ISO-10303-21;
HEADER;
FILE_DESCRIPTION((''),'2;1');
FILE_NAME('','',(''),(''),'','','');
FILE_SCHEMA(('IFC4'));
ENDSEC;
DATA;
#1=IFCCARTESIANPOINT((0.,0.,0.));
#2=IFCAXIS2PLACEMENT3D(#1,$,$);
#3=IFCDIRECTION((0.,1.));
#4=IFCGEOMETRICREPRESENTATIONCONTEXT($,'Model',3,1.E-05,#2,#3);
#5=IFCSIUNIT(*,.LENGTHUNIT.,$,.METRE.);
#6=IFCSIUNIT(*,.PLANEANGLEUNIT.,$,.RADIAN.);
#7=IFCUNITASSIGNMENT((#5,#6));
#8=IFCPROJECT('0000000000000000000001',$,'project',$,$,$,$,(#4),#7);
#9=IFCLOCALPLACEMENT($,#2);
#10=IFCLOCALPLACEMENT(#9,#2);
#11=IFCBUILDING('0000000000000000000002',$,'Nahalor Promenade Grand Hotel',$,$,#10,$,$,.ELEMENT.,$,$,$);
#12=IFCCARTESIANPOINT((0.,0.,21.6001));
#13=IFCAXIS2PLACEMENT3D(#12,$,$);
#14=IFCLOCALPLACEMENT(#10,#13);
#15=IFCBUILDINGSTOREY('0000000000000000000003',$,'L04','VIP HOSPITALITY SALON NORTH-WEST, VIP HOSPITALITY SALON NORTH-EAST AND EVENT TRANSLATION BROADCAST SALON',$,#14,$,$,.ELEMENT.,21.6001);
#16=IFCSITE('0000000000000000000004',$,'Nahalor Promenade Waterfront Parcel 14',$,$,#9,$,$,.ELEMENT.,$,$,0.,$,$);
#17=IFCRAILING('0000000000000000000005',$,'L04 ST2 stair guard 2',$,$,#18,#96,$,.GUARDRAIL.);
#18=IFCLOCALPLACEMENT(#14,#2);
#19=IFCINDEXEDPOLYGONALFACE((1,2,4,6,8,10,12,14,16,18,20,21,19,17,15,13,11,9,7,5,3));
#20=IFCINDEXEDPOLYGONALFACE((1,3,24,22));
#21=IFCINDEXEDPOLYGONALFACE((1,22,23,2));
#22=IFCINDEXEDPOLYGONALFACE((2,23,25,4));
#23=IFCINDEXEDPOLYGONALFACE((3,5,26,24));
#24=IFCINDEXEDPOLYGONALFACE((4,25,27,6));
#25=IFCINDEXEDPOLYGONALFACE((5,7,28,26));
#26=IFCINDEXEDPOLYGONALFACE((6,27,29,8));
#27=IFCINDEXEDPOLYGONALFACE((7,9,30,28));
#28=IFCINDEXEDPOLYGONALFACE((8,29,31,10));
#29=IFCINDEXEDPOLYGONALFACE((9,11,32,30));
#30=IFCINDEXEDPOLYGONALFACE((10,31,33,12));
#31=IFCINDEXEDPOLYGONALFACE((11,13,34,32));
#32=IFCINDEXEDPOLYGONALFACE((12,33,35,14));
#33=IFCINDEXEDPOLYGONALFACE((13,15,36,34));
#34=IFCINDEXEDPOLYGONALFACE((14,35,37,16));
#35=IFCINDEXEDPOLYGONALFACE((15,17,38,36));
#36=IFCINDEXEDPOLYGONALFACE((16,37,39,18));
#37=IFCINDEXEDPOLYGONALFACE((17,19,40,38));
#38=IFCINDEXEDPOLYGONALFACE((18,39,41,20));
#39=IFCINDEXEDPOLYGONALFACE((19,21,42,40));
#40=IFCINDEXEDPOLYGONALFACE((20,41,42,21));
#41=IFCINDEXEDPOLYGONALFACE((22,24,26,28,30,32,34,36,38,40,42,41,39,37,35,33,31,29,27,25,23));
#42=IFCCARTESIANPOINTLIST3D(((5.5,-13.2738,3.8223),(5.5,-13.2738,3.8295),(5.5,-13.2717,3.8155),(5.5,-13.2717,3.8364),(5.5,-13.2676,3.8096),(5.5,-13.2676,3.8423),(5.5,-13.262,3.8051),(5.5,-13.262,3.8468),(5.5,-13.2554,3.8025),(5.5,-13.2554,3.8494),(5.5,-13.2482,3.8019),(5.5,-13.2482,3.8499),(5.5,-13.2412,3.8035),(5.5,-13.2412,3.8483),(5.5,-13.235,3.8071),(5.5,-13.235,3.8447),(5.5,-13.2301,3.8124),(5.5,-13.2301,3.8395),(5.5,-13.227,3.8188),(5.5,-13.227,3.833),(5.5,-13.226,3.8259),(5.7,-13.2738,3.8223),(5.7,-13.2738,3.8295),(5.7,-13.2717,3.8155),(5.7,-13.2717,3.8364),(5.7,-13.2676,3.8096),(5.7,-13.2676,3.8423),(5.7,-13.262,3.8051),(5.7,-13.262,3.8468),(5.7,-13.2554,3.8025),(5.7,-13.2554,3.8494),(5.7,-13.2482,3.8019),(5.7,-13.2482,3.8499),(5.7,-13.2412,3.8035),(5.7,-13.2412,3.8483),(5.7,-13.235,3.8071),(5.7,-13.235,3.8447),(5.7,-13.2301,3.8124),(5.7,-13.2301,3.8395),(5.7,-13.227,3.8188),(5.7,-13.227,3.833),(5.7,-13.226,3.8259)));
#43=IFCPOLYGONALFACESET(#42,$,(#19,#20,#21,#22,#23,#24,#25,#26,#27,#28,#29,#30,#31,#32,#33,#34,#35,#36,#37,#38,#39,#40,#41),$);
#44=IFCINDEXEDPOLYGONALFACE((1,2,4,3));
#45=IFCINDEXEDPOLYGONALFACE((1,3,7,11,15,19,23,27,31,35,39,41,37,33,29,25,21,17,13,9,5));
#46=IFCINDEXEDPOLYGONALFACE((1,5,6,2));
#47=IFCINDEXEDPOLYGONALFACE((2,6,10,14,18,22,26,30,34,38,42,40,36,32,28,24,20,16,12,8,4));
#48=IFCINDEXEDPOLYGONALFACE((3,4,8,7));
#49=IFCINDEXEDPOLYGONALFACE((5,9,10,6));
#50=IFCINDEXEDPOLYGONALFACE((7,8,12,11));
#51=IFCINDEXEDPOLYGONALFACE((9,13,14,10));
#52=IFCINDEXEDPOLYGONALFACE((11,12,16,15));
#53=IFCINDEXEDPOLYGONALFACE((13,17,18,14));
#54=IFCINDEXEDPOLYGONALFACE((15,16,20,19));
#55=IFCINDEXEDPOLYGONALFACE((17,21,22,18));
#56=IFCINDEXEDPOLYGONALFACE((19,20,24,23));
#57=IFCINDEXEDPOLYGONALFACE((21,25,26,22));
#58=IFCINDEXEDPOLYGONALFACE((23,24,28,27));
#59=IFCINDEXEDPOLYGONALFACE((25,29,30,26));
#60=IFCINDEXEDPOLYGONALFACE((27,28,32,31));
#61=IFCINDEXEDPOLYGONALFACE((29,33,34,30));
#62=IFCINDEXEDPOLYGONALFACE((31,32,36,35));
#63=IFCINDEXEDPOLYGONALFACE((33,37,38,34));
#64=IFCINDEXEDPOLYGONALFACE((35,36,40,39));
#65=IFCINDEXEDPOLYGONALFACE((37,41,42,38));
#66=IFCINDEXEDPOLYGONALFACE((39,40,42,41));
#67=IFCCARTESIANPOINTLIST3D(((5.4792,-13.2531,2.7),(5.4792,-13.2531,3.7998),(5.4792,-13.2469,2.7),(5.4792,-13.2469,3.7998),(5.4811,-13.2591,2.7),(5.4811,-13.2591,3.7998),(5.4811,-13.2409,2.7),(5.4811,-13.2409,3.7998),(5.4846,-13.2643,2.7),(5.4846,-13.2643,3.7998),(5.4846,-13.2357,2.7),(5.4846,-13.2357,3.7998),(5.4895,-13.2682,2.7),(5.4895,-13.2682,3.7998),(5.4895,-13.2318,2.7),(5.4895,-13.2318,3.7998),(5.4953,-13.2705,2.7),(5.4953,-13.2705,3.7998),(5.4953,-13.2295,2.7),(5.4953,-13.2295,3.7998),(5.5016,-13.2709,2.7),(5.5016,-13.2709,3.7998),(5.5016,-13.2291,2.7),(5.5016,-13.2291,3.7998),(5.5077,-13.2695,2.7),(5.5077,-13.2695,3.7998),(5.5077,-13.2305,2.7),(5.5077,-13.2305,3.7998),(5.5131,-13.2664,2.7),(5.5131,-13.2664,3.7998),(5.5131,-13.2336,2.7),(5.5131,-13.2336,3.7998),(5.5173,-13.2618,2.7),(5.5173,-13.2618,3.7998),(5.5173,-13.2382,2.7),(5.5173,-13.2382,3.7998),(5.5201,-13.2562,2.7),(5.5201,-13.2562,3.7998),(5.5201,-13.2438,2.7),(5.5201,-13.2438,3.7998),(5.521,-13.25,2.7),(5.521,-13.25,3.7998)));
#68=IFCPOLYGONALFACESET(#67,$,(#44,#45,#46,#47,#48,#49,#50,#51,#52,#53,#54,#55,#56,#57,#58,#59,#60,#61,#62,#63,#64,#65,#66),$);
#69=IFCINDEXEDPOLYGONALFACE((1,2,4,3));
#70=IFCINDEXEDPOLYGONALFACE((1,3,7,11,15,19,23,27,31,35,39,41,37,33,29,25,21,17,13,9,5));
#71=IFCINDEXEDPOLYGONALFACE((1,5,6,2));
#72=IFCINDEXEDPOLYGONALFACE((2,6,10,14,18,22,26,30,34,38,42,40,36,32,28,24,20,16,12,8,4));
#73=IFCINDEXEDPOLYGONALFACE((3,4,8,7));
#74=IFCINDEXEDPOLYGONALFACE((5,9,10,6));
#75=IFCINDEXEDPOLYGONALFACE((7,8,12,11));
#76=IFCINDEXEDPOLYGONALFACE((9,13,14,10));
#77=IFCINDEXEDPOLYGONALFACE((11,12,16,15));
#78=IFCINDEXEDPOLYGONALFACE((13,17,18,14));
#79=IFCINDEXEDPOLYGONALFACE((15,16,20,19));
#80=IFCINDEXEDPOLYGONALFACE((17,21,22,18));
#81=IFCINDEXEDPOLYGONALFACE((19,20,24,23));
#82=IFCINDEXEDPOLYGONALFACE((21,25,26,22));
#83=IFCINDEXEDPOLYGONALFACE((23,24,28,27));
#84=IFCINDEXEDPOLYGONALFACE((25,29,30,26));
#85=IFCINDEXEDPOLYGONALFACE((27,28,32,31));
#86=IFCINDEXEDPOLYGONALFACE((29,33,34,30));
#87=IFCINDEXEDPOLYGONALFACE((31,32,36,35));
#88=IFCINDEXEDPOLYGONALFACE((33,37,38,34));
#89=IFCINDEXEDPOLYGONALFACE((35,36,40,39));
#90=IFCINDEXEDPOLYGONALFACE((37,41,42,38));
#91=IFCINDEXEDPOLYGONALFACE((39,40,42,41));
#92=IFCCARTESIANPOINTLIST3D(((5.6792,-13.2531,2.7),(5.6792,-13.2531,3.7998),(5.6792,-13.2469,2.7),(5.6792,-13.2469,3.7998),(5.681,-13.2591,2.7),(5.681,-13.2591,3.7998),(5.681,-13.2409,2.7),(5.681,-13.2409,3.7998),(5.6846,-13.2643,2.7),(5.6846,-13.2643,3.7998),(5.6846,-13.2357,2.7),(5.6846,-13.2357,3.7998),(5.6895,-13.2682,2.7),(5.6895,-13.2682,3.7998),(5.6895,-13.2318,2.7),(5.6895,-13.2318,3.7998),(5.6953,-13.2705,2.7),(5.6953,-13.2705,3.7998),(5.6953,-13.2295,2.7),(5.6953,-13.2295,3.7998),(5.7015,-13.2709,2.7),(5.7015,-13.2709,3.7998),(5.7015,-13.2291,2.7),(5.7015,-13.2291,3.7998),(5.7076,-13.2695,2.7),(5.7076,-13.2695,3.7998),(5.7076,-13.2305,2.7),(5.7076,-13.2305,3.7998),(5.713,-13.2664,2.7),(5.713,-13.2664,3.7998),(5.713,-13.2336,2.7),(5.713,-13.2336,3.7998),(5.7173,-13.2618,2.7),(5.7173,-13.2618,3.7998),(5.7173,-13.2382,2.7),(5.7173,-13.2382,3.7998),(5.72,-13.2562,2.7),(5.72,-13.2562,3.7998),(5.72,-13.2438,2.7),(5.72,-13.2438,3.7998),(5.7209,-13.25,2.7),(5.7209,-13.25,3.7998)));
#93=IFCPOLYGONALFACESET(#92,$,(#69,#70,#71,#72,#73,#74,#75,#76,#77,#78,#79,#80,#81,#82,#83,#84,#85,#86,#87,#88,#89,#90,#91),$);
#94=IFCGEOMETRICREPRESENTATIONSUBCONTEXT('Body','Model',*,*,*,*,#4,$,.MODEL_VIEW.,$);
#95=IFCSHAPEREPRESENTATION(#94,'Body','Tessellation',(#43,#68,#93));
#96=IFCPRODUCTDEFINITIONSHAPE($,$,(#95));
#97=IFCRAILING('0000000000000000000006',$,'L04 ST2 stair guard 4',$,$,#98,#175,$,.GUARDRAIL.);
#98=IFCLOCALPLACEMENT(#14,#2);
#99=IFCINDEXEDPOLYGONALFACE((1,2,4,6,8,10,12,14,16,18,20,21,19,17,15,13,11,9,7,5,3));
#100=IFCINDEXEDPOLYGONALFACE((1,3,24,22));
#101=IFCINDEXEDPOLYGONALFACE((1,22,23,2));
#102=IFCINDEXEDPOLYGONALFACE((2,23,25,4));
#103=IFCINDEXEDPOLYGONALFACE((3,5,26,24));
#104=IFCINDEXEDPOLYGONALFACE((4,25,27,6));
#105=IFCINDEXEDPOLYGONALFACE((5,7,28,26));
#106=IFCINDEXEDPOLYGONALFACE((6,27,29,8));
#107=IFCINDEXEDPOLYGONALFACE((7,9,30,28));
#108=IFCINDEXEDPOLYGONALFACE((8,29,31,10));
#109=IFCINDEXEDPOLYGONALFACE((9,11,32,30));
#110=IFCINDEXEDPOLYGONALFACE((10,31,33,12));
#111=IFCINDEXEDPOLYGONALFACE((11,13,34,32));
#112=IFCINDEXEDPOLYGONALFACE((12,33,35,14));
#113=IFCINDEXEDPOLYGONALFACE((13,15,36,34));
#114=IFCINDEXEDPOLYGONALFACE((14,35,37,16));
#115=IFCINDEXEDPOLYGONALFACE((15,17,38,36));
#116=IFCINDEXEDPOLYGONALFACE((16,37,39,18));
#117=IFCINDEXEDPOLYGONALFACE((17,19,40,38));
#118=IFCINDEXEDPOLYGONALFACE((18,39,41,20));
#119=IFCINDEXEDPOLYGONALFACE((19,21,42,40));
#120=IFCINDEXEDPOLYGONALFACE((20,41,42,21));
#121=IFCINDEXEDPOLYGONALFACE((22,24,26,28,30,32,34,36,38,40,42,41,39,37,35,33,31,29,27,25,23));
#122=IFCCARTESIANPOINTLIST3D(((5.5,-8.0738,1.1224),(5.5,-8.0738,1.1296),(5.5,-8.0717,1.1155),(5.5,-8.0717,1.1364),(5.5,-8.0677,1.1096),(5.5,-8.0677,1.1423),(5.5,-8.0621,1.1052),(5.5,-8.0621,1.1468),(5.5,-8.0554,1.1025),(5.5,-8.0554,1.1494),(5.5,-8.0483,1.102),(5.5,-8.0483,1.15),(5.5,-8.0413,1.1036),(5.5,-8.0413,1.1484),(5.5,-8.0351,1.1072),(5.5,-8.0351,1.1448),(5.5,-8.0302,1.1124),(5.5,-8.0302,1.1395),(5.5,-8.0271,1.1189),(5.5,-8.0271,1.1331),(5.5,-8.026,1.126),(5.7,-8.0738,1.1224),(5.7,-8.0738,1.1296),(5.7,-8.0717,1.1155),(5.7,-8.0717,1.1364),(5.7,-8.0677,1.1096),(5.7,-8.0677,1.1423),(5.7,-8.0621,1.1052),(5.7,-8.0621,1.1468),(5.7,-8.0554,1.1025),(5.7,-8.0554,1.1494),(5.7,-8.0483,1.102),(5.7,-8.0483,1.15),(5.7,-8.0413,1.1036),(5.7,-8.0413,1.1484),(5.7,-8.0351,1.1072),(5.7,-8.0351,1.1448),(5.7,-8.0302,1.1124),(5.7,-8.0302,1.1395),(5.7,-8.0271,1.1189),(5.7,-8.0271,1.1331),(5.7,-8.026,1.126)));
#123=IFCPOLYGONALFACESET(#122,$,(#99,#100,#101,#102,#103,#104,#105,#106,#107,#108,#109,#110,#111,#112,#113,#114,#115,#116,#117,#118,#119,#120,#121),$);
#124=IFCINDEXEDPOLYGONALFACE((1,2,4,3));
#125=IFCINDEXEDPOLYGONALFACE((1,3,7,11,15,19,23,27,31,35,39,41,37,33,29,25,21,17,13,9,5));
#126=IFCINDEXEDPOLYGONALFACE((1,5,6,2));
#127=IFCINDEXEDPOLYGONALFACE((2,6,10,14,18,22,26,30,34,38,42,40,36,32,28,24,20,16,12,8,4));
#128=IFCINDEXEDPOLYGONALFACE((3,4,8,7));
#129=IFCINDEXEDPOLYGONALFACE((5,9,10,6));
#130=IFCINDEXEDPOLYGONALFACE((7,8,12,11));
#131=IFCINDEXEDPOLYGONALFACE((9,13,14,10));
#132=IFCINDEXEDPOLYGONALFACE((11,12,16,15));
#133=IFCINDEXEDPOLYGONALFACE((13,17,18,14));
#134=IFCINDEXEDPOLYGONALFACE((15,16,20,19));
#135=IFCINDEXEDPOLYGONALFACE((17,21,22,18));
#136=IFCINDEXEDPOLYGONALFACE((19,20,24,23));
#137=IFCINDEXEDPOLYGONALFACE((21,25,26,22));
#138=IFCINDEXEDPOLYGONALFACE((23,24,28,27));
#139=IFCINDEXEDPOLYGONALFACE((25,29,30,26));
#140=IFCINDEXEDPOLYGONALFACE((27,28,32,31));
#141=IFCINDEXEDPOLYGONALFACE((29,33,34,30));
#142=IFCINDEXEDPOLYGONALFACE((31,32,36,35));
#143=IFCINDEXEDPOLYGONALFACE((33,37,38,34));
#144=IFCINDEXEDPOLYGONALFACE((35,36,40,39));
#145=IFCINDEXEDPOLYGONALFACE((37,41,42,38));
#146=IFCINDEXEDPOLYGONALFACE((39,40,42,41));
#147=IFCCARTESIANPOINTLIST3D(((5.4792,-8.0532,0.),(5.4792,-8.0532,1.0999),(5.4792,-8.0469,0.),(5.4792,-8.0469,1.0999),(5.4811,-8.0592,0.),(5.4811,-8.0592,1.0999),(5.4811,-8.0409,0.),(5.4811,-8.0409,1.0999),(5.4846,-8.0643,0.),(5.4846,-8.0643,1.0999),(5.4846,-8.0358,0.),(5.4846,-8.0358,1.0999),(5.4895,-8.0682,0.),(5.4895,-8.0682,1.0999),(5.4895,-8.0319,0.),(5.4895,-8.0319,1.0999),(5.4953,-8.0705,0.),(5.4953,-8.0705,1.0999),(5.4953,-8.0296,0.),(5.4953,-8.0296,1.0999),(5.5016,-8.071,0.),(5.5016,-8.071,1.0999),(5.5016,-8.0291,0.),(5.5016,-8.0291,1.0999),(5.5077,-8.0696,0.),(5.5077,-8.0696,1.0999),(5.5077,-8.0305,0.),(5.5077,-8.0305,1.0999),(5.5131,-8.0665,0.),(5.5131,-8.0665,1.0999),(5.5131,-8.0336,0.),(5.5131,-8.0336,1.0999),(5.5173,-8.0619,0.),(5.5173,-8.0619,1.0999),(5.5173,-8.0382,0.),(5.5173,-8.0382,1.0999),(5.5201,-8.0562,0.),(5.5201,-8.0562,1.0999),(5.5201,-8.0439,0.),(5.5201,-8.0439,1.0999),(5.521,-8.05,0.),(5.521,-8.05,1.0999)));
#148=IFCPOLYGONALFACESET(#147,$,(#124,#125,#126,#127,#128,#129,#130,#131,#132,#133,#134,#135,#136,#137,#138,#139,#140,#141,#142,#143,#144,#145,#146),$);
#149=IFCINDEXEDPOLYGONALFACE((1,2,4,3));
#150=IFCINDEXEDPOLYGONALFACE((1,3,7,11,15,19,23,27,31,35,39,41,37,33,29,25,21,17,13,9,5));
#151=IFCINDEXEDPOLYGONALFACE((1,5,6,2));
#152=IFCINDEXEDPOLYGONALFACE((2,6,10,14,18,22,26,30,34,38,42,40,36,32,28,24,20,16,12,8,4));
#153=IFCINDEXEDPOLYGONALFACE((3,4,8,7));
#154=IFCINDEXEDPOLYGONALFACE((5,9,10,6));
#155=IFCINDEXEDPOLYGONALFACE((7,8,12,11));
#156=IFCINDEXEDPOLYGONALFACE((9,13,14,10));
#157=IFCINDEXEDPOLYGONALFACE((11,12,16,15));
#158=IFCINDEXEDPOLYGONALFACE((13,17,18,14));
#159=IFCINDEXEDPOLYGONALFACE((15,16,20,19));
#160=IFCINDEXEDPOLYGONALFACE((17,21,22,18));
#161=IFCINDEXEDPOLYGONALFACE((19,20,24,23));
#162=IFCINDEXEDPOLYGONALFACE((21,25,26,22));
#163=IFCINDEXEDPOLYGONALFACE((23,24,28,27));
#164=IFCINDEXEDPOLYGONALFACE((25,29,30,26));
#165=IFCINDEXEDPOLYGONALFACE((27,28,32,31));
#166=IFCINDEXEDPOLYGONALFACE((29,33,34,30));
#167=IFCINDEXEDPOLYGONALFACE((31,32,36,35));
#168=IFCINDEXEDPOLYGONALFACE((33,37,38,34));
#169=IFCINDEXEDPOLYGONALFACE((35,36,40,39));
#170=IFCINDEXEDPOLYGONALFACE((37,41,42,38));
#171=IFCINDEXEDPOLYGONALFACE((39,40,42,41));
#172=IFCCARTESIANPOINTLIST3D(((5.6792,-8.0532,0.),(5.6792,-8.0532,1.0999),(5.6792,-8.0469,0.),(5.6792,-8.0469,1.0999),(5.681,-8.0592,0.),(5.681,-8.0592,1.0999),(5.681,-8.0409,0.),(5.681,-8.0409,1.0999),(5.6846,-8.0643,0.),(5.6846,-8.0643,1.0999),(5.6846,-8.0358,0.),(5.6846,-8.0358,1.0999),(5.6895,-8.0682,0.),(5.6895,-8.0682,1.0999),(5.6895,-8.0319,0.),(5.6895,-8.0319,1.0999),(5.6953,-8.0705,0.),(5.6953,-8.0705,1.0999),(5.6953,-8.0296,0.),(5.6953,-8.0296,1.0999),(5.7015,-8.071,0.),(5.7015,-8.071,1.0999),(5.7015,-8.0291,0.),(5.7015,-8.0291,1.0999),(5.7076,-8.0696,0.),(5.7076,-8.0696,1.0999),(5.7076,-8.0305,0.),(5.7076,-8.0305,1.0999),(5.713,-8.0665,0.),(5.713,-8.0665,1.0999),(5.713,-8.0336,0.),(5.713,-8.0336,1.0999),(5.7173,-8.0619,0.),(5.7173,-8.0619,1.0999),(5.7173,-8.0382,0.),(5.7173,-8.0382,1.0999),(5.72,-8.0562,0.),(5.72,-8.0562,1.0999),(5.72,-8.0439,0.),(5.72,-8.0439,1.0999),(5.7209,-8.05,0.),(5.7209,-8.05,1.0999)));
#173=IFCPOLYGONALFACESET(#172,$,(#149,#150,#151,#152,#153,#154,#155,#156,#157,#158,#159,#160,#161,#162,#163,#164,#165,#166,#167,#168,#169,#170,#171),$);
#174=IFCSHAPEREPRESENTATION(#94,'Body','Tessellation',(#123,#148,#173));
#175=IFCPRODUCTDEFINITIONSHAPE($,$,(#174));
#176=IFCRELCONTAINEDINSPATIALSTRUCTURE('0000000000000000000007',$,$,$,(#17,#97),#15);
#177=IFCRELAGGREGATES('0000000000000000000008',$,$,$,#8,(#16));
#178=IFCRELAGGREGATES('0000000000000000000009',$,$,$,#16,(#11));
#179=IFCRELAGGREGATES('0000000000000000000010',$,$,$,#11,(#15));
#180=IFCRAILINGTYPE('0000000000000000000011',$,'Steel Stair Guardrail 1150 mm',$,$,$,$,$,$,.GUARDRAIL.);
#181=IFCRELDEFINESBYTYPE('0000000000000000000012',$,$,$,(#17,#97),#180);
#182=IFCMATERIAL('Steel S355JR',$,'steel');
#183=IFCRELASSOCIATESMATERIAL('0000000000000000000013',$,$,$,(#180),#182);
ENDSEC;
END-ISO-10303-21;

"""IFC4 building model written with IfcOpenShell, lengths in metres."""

from ifc_helpers import new_model, si_unit, direction, frame, origin, origin_2d, place, context, subcontext, project, spatial, circle, extrude, material, type_object, element, save


model = new_model("IFC4")

# Units and contexts
model_context = context("Model", 3, precision=1e-05, world=origin(), true_north=direction((0.0, 1.0)))
body_context = subcontext(model_context, "Body", "Model", "MODEL_VIEW")
ifc_project = project(units=[si_unit("LENGTHUNIT", "METRE"), si_unit("PLANEANGLEUNIT", "RADIAN")], contexts=[model_context])

# Site, building, storey
site_placement = place(None, origin())
site = spatial("IfcSite", under=ifc_project, at=site_placement, Name="Nahalor Promenade Waterfront Parcel 14", CompositionType="ELEMENT", RefElevation=0.0)
building_placement = place(site_placement, origin())
building = spatial("IfcBuilding", under=site, at=building_placement, Name="Nahalor Promenade Grand Hotel", CompositionType="ELEMENT")
storey_placement = place(building_placement, frame((0.0, 0.0, 21.6001)))
storey = spatial("IfcBuildingStorey", under=building, at=storey_placement, Name="L04", Description="VIP HOSPITALITY SALON NORTH-WEST, VIP HOSPITALITY SALON NORTH-EAST AND EVENT TRANSLATION BROADCAST SALON", CompositionType="ELEMENT", Elevation=21.6001)

# Shared definitions
ifc_material_1 = material(Name="Steel S355JR", Category="steel")

# Railings
railing_type_1 = type_object("IfcRailingType", Name="Steel Stair Guardrail 1150 mm", PredefinedType="GUARDRAIL", material=ifc_material_1)
for number, where, name in (
    (1, (5.5, -13.25, 2.7), "L04 ST2 stair guard 2"),
    (2, (5.5, -8.05, 0.0), "L04 ST2 stair guard 4"),
):
    element("IfcRailing", number, at=place(storey_placement, frame(where)), inside=storey, type_object=railing_type_1, Name=name, PredefinedType="GUARDRAIL", context=body_context, shape_type="SweptSolid", body=[
        extrude(circle(Radius=0.024, at=origin_2d()), frame((0.0, 0.0, 1.126), z_axis=(1.0, 0.0, 0.0), x_axis=(0.0, 1.0, 0.0)), (0.0, 0.0, 1.0), 0.2),
        extrude(circle(Radius=0.021, at=origin_2d()), origin(), (0.0, 0.0, 1.0), 1.0999),
        extrude(circle(Radius=0.021, at=origin_2d()), frame((0.2, 0.0, 0.0)), (0.0, 0.0, 1.0), 1.0999),
    ])

save(model, "model.ifc")
